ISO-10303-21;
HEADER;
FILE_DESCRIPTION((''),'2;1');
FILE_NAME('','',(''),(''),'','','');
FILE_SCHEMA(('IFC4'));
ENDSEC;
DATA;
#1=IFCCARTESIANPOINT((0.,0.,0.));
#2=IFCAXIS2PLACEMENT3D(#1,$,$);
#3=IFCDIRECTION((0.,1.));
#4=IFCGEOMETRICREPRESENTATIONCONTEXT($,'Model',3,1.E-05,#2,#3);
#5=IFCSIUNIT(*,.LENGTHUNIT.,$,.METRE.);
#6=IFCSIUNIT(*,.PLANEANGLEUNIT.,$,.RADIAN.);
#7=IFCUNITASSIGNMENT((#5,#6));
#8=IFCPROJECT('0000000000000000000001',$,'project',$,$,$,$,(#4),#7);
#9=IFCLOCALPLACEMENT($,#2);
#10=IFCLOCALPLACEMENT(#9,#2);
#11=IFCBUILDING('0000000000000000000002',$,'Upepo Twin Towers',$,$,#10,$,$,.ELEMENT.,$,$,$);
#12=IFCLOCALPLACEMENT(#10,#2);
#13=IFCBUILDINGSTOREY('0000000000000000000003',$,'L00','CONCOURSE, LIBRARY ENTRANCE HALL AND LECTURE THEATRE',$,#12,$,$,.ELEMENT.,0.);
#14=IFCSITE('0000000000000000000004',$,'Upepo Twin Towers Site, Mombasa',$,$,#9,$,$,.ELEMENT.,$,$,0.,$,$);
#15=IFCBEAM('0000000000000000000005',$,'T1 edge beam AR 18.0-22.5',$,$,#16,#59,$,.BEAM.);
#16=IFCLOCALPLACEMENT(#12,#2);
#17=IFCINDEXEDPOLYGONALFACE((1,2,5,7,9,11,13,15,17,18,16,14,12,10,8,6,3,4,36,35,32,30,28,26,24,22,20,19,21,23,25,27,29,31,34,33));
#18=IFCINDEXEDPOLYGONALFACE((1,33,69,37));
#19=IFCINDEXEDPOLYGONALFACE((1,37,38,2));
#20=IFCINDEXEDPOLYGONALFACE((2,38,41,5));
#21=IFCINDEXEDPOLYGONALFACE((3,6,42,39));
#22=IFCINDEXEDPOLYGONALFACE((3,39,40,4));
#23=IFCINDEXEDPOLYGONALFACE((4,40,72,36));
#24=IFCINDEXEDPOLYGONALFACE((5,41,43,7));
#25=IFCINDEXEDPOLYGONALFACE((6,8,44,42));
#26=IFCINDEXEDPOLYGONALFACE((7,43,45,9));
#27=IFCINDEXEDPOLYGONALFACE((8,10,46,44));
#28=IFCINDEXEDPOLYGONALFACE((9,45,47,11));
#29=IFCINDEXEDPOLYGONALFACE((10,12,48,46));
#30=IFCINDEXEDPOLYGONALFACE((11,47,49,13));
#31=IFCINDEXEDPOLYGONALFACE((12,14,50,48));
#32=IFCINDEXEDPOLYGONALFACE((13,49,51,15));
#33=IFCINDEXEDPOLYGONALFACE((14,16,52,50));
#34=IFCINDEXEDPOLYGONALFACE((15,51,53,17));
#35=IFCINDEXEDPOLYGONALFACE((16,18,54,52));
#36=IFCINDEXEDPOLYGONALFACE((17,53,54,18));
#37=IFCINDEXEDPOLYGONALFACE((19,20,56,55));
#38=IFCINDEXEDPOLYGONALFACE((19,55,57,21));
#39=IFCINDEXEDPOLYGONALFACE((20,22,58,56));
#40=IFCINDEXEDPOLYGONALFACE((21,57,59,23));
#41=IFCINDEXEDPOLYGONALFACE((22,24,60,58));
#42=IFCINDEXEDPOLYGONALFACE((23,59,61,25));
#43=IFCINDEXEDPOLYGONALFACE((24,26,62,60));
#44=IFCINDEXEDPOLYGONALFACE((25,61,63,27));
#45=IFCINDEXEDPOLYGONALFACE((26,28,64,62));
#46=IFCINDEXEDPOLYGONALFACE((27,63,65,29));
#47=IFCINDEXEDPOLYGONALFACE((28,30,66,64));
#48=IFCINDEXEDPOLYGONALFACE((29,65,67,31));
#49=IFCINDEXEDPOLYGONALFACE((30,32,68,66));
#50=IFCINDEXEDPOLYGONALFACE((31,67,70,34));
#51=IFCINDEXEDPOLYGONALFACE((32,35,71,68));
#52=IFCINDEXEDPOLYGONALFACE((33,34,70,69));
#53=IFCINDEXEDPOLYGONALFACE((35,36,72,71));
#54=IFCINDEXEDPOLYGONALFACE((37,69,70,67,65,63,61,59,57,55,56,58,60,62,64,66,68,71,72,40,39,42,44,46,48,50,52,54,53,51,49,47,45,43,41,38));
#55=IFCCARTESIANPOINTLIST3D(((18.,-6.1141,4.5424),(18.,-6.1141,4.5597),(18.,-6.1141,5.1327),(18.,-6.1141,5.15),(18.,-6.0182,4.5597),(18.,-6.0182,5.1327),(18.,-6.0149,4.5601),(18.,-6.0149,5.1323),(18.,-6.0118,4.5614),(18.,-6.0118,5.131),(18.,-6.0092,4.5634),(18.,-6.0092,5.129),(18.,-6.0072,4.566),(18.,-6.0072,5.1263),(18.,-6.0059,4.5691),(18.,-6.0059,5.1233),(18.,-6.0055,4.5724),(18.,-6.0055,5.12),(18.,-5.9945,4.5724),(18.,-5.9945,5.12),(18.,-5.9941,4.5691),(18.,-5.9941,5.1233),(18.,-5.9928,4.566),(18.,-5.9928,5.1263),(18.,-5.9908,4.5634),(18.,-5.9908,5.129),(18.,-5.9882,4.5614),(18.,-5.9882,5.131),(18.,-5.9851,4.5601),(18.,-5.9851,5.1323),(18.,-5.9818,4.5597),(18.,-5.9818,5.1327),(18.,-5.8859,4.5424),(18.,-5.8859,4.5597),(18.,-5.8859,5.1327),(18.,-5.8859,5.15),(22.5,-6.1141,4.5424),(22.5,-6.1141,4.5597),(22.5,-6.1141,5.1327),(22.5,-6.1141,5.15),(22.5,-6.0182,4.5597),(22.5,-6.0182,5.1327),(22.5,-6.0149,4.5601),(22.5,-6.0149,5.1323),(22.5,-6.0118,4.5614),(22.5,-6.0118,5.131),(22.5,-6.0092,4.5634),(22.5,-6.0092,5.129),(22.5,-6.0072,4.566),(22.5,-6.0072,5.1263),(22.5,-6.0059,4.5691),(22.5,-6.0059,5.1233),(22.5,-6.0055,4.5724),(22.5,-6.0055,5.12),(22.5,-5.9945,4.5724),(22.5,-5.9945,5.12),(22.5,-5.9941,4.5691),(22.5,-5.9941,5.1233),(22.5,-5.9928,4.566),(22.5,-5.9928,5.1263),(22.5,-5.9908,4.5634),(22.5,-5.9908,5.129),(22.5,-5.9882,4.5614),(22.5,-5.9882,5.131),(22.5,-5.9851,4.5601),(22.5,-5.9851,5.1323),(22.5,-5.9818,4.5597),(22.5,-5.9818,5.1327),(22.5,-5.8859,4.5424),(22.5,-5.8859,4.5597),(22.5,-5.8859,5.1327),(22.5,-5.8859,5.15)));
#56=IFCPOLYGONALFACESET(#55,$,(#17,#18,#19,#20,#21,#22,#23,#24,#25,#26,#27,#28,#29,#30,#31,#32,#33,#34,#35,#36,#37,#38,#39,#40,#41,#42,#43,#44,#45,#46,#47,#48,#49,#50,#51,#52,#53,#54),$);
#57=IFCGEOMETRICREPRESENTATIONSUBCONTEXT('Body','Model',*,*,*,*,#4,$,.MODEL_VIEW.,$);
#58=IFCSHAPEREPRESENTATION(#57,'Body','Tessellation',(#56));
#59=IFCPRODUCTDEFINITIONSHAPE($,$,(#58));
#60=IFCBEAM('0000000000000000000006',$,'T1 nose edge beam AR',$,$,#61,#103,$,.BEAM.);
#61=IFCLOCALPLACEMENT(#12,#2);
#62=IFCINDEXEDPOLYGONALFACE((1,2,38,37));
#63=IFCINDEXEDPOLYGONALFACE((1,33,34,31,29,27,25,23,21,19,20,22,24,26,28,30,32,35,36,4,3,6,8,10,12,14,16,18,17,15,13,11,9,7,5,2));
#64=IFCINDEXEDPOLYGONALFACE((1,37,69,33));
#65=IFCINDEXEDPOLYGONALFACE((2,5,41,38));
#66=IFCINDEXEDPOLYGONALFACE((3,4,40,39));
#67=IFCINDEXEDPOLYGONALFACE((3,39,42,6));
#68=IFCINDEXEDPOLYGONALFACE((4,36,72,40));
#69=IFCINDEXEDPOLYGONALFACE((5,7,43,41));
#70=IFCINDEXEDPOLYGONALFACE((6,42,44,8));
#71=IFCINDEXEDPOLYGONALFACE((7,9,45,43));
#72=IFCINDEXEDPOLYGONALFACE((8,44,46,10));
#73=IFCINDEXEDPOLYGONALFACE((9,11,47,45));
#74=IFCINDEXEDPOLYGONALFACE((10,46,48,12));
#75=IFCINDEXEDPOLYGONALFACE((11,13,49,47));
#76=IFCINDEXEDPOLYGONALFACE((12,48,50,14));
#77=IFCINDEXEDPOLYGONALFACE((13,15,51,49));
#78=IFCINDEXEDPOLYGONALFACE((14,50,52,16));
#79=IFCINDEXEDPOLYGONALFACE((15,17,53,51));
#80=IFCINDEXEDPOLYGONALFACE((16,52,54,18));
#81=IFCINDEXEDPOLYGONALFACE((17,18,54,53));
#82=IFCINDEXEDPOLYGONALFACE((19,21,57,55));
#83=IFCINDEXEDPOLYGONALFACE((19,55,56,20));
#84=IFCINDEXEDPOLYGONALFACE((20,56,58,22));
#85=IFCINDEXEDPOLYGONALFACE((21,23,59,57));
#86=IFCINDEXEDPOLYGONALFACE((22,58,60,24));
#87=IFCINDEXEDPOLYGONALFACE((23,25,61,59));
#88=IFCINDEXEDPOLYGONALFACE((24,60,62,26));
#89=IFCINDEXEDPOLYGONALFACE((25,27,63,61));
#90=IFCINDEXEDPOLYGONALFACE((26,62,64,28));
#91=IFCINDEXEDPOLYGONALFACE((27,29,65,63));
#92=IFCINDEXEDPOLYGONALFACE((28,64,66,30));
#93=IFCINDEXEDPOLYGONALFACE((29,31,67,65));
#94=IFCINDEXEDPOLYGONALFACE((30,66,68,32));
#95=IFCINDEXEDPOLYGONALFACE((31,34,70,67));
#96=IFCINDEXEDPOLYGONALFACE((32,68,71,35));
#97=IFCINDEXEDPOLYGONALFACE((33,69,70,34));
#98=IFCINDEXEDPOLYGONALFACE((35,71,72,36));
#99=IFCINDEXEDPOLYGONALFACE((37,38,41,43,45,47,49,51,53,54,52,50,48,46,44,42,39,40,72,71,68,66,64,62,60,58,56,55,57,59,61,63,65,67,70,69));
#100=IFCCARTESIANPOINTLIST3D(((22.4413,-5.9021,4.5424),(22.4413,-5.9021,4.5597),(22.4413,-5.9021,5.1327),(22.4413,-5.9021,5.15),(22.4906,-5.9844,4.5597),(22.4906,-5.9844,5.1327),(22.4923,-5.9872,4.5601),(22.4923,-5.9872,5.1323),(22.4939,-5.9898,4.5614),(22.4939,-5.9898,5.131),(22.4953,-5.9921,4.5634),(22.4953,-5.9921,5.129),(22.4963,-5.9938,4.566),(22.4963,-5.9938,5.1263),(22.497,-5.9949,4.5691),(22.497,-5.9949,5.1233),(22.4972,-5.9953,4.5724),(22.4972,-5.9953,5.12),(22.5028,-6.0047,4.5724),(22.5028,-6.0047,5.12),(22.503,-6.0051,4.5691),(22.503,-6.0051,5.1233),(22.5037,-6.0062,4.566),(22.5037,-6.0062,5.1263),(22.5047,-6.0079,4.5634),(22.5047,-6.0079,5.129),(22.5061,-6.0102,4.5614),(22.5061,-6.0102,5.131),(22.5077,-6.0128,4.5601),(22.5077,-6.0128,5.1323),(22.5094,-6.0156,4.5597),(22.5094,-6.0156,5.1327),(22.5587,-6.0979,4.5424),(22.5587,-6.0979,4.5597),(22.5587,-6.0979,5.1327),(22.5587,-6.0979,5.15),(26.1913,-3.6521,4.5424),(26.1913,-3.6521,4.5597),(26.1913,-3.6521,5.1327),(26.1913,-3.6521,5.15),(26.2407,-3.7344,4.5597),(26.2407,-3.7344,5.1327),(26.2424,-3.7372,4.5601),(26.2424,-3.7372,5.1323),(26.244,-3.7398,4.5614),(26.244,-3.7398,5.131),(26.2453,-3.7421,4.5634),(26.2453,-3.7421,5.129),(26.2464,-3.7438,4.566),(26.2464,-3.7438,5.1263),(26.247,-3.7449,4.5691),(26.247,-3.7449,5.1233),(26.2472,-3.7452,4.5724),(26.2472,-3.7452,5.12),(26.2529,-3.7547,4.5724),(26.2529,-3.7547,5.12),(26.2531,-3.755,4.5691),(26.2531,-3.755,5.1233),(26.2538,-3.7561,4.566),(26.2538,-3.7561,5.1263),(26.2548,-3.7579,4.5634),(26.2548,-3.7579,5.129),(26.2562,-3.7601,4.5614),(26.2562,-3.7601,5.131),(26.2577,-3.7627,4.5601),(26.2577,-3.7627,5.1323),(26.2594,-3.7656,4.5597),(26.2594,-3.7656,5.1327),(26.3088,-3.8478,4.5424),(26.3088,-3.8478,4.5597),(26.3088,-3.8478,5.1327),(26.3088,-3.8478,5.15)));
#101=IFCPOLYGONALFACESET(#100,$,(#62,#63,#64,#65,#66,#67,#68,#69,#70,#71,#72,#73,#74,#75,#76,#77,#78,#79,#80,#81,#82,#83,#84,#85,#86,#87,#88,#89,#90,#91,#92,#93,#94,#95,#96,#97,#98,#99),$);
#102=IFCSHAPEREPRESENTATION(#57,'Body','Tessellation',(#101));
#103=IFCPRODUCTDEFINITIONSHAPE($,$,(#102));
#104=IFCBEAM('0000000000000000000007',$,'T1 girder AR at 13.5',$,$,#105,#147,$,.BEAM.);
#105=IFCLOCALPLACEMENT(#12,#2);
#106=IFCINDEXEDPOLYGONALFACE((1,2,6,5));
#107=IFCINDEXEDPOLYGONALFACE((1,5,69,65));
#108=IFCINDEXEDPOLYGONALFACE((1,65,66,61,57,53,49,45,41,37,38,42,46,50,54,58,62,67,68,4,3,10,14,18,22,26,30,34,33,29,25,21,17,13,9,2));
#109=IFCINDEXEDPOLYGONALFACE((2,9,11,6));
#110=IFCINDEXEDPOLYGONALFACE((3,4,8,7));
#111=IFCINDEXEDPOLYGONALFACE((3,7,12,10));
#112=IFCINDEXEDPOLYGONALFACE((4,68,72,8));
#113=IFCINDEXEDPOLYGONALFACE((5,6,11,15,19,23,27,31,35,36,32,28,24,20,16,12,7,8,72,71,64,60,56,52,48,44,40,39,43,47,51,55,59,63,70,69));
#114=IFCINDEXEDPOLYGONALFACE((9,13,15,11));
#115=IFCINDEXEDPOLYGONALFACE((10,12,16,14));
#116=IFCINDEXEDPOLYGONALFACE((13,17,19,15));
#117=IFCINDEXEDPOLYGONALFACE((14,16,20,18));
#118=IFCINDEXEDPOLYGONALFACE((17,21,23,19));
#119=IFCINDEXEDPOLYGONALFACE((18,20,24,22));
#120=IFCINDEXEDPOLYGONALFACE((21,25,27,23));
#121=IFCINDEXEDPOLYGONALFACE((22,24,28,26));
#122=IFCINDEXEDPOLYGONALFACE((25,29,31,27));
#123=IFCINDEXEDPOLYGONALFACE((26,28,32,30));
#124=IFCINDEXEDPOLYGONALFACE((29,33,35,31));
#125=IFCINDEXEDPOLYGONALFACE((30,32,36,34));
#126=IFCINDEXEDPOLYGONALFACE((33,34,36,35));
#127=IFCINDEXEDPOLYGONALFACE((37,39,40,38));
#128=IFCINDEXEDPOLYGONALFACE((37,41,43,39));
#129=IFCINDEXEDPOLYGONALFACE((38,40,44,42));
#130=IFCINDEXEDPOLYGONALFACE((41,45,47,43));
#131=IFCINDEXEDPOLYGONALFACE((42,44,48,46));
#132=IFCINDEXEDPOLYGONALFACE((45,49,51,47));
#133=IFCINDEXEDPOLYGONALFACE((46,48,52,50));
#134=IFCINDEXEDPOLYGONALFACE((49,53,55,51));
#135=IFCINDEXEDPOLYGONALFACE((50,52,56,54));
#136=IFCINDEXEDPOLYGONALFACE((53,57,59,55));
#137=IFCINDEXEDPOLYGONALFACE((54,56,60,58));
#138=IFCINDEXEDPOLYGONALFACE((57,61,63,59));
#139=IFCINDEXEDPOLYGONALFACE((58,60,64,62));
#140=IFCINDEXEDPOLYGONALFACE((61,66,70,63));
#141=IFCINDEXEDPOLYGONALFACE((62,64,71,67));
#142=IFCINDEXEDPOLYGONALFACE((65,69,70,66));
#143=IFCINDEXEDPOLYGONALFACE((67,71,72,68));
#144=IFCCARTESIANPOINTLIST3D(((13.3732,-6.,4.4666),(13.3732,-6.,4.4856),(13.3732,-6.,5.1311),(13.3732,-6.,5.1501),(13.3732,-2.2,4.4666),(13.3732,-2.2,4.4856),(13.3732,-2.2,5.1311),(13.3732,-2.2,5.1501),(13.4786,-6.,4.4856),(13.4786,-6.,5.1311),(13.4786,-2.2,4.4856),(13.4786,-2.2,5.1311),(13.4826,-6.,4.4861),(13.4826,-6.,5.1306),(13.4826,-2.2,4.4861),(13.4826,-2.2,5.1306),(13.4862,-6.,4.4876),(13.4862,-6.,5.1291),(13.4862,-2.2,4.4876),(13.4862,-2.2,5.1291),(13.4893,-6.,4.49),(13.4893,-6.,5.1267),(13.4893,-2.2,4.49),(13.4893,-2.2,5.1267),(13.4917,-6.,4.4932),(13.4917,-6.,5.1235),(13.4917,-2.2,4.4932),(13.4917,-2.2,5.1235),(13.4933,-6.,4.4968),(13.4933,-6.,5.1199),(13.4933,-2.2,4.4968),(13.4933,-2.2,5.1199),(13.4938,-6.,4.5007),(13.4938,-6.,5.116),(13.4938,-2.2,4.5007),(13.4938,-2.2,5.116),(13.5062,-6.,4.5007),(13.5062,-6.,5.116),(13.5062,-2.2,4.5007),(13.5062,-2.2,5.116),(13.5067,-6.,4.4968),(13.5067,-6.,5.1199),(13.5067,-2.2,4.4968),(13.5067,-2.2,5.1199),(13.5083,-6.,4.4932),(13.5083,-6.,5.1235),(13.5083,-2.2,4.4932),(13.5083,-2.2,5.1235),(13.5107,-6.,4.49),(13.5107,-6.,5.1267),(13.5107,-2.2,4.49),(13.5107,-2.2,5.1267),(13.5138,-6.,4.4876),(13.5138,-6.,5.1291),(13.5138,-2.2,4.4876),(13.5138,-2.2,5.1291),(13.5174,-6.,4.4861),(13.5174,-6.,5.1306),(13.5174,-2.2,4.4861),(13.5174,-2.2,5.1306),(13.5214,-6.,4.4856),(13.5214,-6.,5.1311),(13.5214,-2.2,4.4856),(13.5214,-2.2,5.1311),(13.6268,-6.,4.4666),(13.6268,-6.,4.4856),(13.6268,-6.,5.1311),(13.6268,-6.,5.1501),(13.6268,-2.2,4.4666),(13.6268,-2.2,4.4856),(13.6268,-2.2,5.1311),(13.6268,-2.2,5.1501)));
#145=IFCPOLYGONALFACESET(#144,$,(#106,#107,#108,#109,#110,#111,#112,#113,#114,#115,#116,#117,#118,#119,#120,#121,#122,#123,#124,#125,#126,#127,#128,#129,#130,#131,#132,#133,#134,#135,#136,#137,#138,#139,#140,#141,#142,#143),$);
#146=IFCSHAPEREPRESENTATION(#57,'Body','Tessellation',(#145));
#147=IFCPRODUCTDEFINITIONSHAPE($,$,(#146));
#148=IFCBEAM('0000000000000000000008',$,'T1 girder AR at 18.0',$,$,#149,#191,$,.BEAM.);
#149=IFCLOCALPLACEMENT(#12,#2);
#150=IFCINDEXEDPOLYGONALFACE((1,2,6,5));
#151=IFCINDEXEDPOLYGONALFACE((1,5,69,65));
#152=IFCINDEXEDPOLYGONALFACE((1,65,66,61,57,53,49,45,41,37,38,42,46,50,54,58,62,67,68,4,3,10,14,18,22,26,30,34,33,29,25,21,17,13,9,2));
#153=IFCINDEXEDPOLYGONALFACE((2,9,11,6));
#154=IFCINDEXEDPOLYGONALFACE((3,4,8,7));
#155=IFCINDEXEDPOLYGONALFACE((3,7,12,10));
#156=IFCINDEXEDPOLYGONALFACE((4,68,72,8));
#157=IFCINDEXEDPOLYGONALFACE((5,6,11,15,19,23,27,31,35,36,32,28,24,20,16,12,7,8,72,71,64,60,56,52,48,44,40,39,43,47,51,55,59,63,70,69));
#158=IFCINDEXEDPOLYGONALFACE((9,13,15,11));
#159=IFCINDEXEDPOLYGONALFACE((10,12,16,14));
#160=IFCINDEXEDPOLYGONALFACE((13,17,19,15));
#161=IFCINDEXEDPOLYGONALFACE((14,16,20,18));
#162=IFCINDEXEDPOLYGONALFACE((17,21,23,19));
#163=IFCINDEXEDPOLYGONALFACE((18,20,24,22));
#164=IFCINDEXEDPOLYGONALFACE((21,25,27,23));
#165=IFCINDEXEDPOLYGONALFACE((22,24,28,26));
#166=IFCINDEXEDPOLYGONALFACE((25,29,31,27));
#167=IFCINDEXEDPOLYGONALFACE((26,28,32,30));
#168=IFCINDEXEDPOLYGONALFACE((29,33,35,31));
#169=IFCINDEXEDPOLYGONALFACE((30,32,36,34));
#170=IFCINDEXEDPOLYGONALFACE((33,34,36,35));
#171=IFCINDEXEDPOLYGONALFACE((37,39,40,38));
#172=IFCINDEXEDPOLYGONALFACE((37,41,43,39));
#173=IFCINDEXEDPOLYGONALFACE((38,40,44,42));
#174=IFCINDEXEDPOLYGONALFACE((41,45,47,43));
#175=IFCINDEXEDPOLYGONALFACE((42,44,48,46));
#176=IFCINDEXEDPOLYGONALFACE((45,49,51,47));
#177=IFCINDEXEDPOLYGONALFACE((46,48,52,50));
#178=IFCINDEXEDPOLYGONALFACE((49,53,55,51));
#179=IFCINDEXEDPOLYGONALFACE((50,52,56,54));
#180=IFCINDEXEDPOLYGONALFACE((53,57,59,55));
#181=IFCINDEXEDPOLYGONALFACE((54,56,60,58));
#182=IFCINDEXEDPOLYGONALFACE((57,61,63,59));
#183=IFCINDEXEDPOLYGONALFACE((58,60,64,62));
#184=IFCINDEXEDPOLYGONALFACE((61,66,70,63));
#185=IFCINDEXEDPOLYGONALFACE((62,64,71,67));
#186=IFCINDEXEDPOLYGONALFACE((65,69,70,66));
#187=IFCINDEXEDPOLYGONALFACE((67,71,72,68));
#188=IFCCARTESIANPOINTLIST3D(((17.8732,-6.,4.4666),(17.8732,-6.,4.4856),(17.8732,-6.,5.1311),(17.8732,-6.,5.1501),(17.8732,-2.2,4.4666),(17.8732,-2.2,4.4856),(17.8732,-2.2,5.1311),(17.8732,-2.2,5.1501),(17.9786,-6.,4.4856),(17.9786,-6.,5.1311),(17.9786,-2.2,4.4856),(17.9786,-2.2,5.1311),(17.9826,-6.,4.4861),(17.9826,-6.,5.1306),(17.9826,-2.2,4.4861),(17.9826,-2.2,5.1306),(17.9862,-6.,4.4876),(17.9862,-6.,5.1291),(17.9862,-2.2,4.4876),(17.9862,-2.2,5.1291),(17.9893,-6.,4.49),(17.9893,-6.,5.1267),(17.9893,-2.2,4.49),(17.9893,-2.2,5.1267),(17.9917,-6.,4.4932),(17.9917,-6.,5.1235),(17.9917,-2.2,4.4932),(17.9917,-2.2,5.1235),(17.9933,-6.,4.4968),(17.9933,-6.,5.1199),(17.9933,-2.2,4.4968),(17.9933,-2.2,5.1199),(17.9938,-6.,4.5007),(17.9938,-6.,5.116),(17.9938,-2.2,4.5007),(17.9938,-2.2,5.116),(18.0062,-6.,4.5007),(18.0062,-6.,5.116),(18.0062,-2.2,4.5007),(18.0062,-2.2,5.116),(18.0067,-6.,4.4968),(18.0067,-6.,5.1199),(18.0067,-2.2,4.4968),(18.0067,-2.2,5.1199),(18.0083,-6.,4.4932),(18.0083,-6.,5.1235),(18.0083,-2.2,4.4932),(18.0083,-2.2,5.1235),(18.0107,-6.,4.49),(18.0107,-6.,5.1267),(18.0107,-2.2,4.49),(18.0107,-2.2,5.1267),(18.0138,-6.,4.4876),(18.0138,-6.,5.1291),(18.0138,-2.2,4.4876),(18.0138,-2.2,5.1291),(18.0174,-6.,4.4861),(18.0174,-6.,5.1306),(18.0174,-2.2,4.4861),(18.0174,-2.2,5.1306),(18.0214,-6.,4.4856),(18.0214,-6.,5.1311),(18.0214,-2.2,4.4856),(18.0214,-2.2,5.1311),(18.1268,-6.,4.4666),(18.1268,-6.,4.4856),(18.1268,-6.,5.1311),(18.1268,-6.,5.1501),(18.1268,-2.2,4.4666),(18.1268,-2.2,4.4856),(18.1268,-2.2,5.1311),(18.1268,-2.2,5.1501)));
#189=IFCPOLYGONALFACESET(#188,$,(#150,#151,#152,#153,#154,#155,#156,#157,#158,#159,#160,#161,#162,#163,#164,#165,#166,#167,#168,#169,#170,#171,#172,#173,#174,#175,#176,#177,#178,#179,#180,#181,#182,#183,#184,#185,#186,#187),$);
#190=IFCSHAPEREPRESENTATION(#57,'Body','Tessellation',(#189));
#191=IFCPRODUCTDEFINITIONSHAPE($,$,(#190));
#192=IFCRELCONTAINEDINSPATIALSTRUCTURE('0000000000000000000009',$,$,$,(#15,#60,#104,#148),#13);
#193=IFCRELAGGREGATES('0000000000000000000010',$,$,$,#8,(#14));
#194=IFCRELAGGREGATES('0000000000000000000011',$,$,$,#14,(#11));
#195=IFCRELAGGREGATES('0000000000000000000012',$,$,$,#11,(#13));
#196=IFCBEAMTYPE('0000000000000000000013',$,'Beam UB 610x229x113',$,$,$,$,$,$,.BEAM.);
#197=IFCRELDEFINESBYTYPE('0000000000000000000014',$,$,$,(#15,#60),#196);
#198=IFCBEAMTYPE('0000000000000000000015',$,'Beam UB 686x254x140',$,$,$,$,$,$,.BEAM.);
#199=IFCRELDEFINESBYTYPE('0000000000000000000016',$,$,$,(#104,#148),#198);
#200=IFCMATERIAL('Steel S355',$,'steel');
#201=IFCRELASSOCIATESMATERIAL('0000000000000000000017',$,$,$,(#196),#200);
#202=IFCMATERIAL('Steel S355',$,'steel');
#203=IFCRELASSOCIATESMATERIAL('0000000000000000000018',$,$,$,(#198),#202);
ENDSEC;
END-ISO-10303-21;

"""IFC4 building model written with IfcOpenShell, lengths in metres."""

from ifc_helpers import new_model, si_unit, direction, frame, origin, origin_2d, place, context, subcontext, project, spatial, i_section, extrude, material, material_profile, profile_set, type_object, element, save


model = new_model("IFC4")

# Units and contexts
model_context = context("Model", 3, precision=1e-05, world=origin(), true_north=direction((0.0, 1.0)))
body_context = subcontext(model_context, "Body", "Model", "MODEL_VIEW")
ifc_project = project(units=[si_unit("LENGTHUNIT", "METRE"), si_unit("PLANEANGLEUNIT", "RADIAN")], contexts=[model_context])

# Site, building, storey
site_placement = place(None, origin())
site = spatial("IfcSite", under=ifc_project, at=site_placement, Name="Upepo Twin Towers Site, Mombasa", CompositionType="ELEMENT", RefElevation=0.0)
building_placement = place(site_placement, origin())
building = spatial("IfcBuilding", under=site, at=building_placement, Name="Upepo Twin Towers", CompositionType="ELEMENT")
storey_placement = place(building_placement, origin())
storey = spatial("IfcBuildingStorey", under=building, at=storey_placement, Name="L00", Description="CONCOURSE, LIBRARY ENTRANCE HALL AND LECTURE THEATRE", CompositionType="ELEMENT", Elevation=0.0)

# Beams
ifc_material_1 = material(Name="Steel S355", Category="steel")
ifc_material_profile_1 = material_profile(ifc_material_1, i_section(OverallWidth=0.2283, OverallDepth=0.6077, WebThickness=0.011, FlangeThickness=0.0173, FilletRadius=0.0127, at=origin_2d()), Name="UB 610x229x113")
ifc_profile_set_1 = profile_set([ifc_material_profile_1], Name="Steel S355")
beam_type_1 = type_object("IfcBeamType", Name="Beam UB 610x229x113", PredefinedType="BEAM", material=ifc_profile_set_1)
for number, where, z_axis, x_axis, name in (
    (1, (18.0, -6.0, 4.8462), (1.0, 0.0, 0.0), (0.0, 1.0, 0.0), "T1 edge beam AR 18.0-22.5"),
):
    element("IfcBeam", number, at=place(storey_placement, frame(where, z_axis=z_axis, x_axis=x_axis)), inside=storey, type_object=beam_type_1, Name=name, PredefinedType="BEAM", context=body_context, shape_type="SweptSolid", body=[
        extrude(i_section(OverallWidth=0.2283, OverallDepth=0.6077, WebThickness=0.011, FlangeThickness=0.0173, FilletRadius=0.0127, at=origin_2d()), origin(), (0.0, 0.0, 1.0), 4.5),
    ])
beam_1_placement = place(storey_placement, frame((22.5, -6.0, 4.8462), z_axis=(0.857493, 0.514496, 0.0), x_axis=(-0.514496, 0.857493, 0.0)))
element("IfcBeam", 2, at=beam_1_placement, inside=storey, type_object=beam_type_1, Name="T1 nose edge beam AR", PredefinedType="BEAM", context=body_context, shape_type="SweptSolid", body=[
    extrude(i_section(OverallWidth=0.2283, OverallDepth=0.6077, WebThickness=0.011, FlangeThickness=0.0173, FilletRadius=0.0127, at=origin_2d()), origin(), (0.0, 0.0, 1.0), 4.3733),
])
ifc_material_2 = material(Name="Steel S355", Category="steel")
ifc_material_profile_2 = material_profile(ifc_material_2, i_section(OverallWidth=0.2537, OverallDepth=0.6836, WebThickness=0.0125, FlangeThickness=0.019, FilletRadius=0.0151, at=origin_2d()), Name="UB 686x254x140")
ifc_profile_set_2 = profile_set([ifc_material_profile_2], Name="Steel S355")
beam_type_2 = type_object("IfcBeamType", Name="Beam UB 686x254x140", PredefinedType="BEAM", material=ifc_profile_set_2)
for number, where, z_axis, x_axis, name in (
    (3, (13.5, -6.0, 4.8083), (0.0, 1.0, 0.0), (-1.0, 0.0, 0.0), "T1 girder AR at 13.5"),
    (4, (18.0, -6.0, 4.8083), (0.0, 1.0, 0.0), (-1.0, 0.0, 0.0), "T1 girder AR at 18.0"),
):
    element("IfcBeam", number, at=place(storey_placement, frame(where, z_axis=z_axis, x_axis=x_axis)), inside=storey, type_object=beam_type_2, Name=name, PredefinedType="BEAM", context=body_context, shape_type="SweptSolid", body=[
        extrude(i_section(OverallWidth=0.2537, OverallDepth=0.6836, WebThickness=0.0125, FlangeThickness=0.019, FilletRadius=0.0151, at=origin_2d()), origin(), (0.0, 0.0, 1.0), 3.8),
    ])

save(model, "model.ifc")
